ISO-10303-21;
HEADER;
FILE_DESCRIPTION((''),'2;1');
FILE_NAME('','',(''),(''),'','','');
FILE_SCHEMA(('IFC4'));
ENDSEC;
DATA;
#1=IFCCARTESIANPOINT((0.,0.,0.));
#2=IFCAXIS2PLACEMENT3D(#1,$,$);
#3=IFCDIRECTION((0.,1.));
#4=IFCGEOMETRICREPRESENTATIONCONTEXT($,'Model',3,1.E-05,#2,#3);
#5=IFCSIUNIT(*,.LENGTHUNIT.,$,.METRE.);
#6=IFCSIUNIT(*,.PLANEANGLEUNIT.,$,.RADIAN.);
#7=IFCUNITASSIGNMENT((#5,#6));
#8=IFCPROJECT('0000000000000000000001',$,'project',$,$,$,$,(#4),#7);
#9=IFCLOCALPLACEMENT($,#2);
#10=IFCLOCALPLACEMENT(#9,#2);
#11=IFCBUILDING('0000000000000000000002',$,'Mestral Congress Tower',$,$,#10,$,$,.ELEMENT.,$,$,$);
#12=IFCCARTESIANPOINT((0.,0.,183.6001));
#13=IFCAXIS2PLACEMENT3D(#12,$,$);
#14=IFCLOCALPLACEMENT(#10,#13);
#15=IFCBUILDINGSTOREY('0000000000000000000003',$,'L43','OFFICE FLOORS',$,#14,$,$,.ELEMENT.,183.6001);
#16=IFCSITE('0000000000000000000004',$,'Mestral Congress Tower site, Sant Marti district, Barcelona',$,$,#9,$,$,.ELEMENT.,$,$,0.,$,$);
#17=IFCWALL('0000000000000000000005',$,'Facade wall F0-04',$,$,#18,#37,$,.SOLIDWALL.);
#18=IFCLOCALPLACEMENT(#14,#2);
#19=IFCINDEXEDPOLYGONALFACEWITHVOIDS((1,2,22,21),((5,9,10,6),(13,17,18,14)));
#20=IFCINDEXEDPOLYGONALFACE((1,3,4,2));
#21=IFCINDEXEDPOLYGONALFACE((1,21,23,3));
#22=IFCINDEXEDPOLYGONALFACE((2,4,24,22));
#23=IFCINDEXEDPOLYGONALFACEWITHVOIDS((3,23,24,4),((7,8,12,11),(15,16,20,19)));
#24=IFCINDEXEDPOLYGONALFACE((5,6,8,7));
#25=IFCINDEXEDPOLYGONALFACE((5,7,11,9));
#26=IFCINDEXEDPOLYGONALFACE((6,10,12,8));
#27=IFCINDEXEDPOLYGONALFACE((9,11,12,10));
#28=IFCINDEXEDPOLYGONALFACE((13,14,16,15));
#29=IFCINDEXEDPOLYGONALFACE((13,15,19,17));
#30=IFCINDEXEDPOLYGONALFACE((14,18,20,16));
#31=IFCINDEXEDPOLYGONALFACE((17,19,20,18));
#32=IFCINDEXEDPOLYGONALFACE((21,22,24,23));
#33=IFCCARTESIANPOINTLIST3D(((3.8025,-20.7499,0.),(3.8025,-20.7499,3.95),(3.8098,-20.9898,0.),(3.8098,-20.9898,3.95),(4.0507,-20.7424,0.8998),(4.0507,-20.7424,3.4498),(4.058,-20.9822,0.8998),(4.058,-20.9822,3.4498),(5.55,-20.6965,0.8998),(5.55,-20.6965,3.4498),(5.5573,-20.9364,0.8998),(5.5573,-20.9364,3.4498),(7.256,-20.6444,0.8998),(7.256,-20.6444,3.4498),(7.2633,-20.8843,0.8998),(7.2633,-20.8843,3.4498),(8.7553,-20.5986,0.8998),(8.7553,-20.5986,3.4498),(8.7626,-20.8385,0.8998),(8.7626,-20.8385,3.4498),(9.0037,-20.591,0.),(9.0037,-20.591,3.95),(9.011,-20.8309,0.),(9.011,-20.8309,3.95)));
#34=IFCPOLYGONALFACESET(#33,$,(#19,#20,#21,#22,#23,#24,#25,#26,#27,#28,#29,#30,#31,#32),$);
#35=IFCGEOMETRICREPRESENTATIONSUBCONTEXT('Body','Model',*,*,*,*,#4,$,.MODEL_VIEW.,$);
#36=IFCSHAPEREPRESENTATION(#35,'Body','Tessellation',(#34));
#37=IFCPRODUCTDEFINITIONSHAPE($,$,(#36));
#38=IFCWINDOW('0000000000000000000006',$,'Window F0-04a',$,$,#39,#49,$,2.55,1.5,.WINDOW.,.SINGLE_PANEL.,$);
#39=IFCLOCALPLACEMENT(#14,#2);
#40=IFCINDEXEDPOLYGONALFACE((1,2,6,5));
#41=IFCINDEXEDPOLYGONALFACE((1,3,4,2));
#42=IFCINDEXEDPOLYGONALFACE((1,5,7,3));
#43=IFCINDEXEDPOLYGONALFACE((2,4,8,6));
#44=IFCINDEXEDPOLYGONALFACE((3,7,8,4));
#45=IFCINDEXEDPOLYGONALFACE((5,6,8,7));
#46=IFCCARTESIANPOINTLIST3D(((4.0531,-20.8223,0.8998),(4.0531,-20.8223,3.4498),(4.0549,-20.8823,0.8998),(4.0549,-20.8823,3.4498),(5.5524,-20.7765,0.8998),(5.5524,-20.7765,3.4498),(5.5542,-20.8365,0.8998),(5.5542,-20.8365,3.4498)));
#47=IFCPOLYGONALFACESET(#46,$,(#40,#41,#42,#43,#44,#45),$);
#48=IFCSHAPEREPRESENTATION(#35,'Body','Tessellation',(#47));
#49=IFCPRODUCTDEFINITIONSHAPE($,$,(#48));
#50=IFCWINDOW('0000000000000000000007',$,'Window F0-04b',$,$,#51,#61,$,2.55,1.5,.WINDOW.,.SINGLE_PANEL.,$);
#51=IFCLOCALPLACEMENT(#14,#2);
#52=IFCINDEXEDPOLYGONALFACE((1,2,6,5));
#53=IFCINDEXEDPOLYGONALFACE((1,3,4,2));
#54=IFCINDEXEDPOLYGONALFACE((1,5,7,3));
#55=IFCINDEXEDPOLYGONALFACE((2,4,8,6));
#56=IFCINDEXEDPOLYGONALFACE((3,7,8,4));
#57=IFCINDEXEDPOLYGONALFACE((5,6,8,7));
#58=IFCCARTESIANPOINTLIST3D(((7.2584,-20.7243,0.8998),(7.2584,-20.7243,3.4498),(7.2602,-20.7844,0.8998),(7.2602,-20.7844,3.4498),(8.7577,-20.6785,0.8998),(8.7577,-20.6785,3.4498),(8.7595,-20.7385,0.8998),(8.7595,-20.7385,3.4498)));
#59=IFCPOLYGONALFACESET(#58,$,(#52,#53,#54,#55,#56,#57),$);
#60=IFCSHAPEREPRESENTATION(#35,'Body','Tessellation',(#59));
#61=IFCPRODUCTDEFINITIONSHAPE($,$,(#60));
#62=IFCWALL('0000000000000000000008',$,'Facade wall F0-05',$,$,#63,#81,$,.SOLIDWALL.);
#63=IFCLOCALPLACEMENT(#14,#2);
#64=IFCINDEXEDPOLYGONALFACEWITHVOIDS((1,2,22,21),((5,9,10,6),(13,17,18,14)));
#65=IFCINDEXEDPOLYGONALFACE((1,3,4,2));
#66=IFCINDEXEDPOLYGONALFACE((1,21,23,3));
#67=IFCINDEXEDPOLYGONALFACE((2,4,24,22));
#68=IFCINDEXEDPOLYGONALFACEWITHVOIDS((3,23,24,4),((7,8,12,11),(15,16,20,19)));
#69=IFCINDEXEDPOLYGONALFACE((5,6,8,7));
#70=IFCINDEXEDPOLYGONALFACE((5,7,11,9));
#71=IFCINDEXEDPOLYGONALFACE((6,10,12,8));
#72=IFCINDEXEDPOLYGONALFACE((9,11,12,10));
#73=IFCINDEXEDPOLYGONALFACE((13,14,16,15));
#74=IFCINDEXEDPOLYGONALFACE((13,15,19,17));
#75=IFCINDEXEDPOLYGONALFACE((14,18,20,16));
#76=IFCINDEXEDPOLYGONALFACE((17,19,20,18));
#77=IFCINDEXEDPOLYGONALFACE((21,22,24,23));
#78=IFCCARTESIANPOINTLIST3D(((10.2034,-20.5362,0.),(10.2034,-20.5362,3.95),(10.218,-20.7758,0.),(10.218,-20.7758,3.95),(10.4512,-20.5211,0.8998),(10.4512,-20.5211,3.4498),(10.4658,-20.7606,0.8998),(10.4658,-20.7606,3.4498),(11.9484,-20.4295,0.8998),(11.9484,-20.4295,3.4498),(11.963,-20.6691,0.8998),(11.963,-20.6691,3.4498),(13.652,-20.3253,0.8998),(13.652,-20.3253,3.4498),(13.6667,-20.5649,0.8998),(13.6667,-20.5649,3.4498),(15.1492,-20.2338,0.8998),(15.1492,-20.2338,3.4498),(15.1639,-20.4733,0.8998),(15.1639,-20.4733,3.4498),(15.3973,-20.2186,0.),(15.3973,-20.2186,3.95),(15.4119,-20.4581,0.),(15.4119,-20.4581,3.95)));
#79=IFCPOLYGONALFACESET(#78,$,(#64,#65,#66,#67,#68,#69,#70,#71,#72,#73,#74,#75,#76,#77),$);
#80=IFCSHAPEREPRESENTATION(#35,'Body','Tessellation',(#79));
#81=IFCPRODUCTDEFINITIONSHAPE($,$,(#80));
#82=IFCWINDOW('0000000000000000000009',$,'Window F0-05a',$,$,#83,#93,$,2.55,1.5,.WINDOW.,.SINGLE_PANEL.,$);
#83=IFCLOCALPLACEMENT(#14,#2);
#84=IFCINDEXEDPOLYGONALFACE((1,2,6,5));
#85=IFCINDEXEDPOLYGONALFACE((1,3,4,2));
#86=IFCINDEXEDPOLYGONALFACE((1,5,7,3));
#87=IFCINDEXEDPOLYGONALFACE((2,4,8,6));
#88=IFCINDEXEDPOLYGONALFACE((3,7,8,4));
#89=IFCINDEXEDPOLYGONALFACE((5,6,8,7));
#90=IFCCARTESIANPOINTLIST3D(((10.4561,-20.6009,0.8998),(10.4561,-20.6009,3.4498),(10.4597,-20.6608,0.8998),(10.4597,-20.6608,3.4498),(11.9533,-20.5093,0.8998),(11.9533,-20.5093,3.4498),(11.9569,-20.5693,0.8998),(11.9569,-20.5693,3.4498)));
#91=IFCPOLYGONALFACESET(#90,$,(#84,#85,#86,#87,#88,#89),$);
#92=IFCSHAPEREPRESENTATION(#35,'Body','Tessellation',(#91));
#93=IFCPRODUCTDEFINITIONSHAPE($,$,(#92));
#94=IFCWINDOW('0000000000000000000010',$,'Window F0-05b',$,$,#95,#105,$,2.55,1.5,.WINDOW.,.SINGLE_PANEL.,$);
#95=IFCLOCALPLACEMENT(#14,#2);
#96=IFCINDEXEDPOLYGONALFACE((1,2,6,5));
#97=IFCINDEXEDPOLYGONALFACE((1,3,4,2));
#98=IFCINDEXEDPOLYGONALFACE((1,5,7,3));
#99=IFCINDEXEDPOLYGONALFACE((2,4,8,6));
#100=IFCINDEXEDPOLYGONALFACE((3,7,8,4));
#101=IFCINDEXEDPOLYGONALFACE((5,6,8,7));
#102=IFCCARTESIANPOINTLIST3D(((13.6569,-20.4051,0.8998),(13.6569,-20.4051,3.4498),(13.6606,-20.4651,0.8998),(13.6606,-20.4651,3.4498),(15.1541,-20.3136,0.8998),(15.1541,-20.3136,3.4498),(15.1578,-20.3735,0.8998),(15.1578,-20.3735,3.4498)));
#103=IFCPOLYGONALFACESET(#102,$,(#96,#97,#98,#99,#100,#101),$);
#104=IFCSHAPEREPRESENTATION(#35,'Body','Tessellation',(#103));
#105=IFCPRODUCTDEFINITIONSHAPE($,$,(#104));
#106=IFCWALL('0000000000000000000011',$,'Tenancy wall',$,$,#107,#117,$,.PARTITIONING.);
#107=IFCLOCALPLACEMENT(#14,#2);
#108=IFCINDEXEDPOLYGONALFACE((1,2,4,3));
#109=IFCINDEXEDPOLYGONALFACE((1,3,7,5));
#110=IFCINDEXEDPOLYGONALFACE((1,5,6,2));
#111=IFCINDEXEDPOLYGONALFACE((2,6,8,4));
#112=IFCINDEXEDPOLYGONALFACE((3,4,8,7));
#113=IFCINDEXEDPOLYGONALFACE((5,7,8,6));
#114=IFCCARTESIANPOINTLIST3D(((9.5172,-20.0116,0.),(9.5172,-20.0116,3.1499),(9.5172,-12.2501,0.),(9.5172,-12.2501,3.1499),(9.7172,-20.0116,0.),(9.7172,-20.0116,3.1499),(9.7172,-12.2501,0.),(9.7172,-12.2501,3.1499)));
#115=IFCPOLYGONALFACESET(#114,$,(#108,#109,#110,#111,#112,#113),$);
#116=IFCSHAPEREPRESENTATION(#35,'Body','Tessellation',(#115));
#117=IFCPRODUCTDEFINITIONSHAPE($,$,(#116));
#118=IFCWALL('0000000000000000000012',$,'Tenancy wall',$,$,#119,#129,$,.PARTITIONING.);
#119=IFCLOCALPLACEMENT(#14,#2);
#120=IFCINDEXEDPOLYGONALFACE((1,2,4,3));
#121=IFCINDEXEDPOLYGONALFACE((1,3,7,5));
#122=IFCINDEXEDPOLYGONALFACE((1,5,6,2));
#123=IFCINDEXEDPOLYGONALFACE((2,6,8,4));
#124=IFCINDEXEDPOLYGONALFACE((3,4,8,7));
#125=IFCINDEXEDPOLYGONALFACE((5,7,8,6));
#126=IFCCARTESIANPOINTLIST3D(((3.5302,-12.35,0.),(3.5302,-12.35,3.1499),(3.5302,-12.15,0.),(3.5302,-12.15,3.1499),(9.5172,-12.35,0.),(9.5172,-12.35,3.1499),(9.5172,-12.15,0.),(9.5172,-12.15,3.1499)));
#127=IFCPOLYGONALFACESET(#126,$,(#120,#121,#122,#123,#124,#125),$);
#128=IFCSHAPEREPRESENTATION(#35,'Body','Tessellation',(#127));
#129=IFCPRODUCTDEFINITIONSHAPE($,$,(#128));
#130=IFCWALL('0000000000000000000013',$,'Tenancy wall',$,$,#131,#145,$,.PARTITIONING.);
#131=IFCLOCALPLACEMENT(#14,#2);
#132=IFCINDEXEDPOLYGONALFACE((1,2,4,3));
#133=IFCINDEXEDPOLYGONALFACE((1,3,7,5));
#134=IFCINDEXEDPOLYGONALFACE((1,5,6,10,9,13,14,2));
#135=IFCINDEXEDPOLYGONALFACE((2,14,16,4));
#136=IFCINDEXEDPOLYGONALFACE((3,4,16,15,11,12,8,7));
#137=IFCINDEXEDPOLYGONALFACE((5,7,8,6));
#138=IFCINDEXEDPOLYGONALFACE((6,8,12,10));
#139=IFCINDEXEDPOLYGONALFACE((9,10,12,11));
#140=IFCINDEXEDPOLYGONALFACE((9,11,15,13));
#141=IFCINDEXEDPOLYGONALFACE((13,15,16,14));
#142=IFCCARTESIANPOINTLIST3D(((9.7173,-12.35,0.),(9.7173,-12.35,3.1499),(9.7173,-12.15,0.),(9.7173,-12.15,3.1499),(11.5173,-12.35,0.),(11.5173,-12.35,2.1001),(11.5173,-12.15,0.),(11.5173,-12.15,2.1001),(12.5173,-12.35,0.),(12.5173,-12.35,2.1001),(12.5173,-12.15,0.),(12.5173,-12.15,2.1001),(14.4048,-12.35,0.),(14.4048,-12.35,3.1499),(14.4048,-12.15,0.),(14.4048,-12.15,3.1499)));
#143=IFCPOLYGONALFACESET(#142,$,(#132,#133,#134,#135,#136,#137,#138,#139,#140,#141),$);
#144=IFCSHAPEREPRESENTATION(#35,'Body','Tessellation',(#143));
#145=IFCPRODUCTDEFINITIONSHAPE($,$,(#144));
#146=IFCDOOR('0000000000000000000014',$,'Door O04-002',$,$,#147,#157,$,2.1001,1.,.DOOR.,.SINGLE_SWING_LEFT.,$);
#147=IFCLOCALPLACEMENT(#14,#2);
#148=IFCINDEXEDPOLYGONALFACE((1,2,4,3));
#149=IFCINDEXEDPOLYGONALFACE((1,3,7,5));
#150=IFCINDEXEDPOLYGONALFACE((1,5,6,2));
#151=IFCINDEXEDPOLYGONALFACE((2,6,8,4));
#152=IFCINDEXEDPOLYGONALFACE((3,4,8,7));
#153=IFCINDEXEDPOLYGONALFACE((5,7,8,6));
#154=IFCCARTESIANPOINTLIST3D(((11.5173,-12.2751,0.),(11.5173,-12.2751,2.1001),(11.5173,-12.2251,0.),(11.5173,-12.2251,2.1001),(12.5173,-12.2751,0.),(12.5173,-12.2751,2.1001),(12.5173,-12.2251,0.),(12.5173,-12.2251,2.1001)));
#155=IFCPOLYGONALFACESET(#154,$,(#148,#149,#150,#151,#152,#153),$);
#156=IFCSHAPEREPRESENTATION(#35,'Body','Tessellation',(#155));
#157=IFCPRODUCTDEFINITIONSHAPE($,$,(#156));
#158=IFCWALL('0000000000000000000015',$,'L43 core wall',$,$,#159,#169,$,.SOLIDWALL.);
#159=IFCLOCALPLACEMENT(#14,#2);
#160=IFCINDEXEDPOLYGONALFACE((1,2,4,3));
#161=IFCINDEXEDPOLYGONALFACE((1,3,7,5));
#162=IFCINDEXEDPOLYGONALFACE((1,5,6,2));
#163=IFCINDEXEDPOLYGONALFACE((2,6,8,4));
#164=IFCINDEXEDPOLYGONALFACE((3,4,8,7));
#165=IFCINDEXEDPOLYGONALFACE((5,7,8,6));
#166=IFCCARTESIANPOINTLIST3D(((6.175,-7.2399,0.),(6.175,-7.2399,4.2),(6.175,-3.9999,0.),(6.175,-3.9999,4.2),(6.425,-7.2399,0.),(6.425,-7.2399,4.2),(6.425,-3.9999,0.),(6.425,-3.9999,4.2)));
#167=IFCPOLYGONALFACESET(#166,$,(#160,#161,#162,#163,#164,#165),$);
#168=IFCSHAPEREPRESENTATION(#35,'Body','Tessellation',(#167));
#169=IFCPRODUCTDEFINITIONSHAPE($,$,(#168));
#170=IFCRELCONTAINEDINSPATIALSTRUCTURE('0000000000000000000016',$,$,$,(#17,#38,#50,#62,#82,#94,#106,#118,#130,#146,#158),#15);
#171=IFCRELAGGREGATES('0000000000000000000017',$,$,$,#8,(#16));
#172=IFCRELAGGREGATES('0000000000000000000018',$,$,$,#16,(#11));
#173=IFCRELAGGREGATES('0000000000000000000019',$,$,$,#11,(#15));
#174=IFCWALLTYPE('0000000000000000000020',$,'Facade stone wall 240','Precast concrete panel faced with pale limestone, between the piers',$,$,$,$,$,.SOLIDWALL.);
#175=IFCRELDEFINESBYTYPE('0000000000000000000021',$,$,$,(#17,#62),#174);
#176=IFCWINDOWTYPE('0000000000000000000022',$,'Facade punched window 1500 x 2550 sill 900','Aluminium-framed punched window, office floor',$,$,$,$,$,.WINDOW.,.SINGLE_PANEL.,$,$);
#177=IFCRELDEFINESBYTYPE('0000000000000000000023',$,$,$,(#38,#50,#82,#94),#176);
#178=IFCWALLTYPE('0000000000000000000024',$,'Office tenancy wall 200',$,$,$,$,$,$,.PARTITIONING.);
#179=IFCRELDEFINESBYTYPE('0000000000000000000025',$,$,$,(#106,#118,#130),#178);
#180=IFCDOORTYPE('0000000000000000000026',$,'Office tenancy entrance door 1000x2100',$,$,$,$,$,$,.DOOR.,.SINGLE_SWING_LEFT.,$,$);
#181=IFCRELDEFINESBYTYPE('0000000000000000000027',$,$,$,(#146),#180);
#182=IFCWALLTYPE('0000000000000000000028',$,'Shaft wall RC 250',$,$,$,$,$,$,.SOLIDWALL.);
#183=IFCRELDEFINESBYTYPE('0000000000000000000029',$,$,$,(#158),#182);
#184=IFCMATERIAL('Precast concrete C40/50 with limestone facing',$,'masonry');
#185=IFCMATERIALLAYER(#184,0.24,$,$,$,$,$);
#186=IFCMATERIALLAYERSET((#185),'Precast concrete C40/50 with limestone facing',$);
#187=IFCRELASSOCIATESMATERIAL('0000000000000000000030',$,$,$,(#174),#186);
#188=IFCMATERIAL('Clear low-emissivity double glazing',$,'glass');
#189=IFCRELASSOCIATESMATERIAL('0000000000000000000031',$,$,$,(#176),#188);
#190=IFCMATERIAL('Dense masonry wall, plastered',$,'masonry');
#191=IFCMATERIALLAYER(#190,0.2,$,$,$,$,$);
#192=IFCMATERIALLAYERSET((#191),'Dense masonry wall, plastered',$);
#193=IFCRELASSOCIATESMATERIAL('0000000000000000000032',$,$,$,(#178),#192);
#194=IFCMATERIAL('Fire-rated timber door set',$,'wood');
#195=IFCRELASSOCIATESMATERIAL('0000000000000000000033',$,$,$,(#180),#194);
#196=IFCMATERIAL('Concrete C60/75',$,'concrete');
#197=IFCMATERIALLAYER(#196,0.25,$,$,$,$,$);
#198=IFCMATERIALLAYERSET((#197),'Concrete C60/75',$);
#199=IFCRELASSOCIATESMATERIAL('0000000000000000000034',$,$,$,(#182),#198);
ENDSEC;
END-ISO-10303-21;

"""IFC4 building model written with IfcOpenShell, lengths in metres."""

from ifc_helpers import new_model, si_unit, direction, frame, frame_2d, origin, place, context, subcontext, project, spatial, rectangle, extrude, material, layer, layer_set, type_object, element, fill, save


model = new_model("IFC4")

# Units and contexts
model_context = context("Model", 3, precision=1e-05, world=origin(), true_north=direction((0.0, 1.0)))
body_context = subcontext(model_context, "Body", "Model", "MODEL_VIEW")
ifc_project = project(units=[si_unit("LENGTHUNIT", "METRE"), si_unit("PLANEANGLEUNIT", "RADIAN")], contexts=[model_context])

# Site, building, storey
site_placement = place(None, origin())
site = spatial("IfcSite", under=ifc_project, at=site_placement, Name="Mestral Congress Tower site, Sant Marti district, Barcelona", CompositionType="ELEMENT", RefElevation=0.0)
building_placement = place(site_placement, origin())
building = spatial("IfcBuilding", under=site, at=building_placement, Name="Mestral Congress Tower", CompositionType="ELEMENT")
storey_placement = place(building_placement, frame((0.0, 0.0, 183.6001)))
storey = spatial("IfcBuildingStorey", under=building, at=storey_placement, Name="L43", Description="OFFICE FLOORS", CompositionType="ELEMENT", Elevation=183.6001)

# Shared definitions
ifc_material_1 = material(Name="Concrete C60/75", Category="concrete")

# Walls, openings, windows
ifc_material_2 = material(Name="Precast concrete C40/50 with limestone facing", Category="masonry")
ifc_layer_1 = layer(ifc_material_2, 0.24)
ifc_layer_set_1 = layer_set([ifc_layer_1], Name="Precast concrete C40/50 with limestone facing")
wall_type_1 = type_object("IfcWallType", Name="Facade stone wall 240", Description="Precast concrete panel faced with pale limestone, between the piers", PredefinedType="SOLIDWALL", material=ifc_layer_set_1)
wall_1_placement = place(storey_placement, frame((3.8062, -20.8699, 0.0), z_axis=(0.0, 0.0, 1.0), x_axis=(0.999533, 0.030543, 0.0)))
wall_1 = element("IfcWall", 1, at=wall_1_placement, inside=storey, type_object=wall_type_1, Name="Facade wall F0-04", PredefinedType="SOLIDWALL", context=body_context, shape_type="SweptSolid", body=[
    extrude(rectangle(XDim=5.2036, YDim=0.24, at=frame_2d((2.6018, 0.0))), origin(), (0.0, 0.0, 1.0), 3.95),
])
opening_1_placement = place(wall_1_placement, frame((0.2483, 0.0, 0.8999)))
opening_1 = element("IfcOpeningElement", 2, at=opening_1_placement, cuts=wall_1, PredefinedType="OPENING", context=body_context, shape_type="SweptSolid", body=[
    extrude(rectangle(XDim=1.5, YDim=2.55, at=frame_2d((0.75, 1.2749))), frame((0.0, 0.1299, 0.0), z_axis=(0.0, -1.0, 0.0), x_axis=(1.0, 0.0, 0.0)), (0.0, 0.0, 1.0), 0.26),
])
opening_2_placement = place(wall_1_placement, frame((3.4551, 0.0, 0.8999)))
opening_2 = element("IfcOpeningElement", 3, at=opening_2_placement, cuts=wall_1, PredefinedType="OPENING", context=body_context, shape_type="SweptSolid", body=[
    extrude(rectangle(XDim=1.5, YDim=2.55, at=frame_2d((0.75, 1.2749))), frame((0.0, 0.1299, 0.0), z_axis=(0.0, -1.0, 0.0), x_axis=(1.0, 0.0, 0.0)), (0.0, 0.0, 1.0), 0.26),
])
ifc_material_3 = material(Name="Clear low-emissivity double glazing", Category="glass")
window_type = type_object("IfcWindowType", Name="Facade punched window 1500 x 2550 sill 900", Description="Aluminium-framed punched window, office floor", PartitioningType="SINGLE_PANEL", PredefinedType="WINDOW", material=ifc_material_3)
window_1_placement = place(opening_1_placement, origin())
window_1 = element("IfcWindow", 4, at=window_1_placement, inside=storey, type_object=window_type, Name="Window F0-04a", OverallHeight=2.55, OverallWidth=1.5, PartitioningType="SINGLE_PANEL", PredefinedType="WINDOW", context=body_context, shape_type="SweptSolid", body=[
    extrude(rectangle(XDim=1.5, YDim=2.55, at=frame_2d((0.75, 1.2749))), frame((0.0, 0.04, 0.0), z_axis=(0.0, -1.0, 0.0), x_axis=(1.0, 0.0, 0.0)), (0.0, 0.0, 1.0), 0.0601),
])
fill(opening_1, window_1)
window_2_placement = place(opening_2_placement, origin())
window_2 = element("IfcWindow", 5, at=window_2_placement, inside=storey, type_object=window_type, Name="Window F0-04b", OverallHeight=2.55, OverallWidth=1.5, PartitioningType="SINGLE_PANEL", PredefinedType="WINDOW", context=body_context, shape_type="SweptSolid", body=[
    extrude(rectangle(XDim=1.5, YDim=2.55, at=frame_2d((0.75, 1.2749))), frame((0.0, 0.04, 0.0), z_axis=(0.0, -1.0, 0.0), x_axis=(1.0, 0.0, 0.0)), (0.0, 0.0, 1.0), 0.0601),
])
fill(opening_2, window_2)
wall_2_placement = place(storey_placement, frame((10.2107, -20.656, 0.0), z_axis=(0.0, 0.0, 1.0), x_axis=(0.998135, 0.06104, 0.0)))
wall_2 = element("IfcWall", 6, at=wall_2_placement, inside=storey, type_object=wall_type_1, Name="Facade wall F0-05", PredefinedType="SOLIDWALL", context=body_context, shape_type="SweptSolid", body=[
    extrude(rectangle(XDim=5.2036, YDim=0.24, at=frame_2d((2.6018, 0.0))), origin(), (0.0, 0.0, 1.0), 3.95),
])
opening_3_placement = place(wall_2_placement, frame((0.2483, 0.0, 0.8999)))
opening_3 = element("IfcOpeningElement", 7, at=opening_3_placement, cuts=wall_2, PredefinedType="OPENING", context=body_context, shape_type="SweptSolid", body=[
    extrude(rectangle(XDim=1.5, YDim=2.55, at=frame_2d((0.75, 1.2749))), frame((0.0, 0.1299, 0.0), z_axis=(0.0, -1.0, 0.0), x_axis=(1.0, 0.0, 0.0)), (0.0, 0.0, 1.0), 0.26),
])
opening_4_placement = place(wall_2_placement, frame((3.4551, 0.0, 0.8999)))
opening_4 = element("IfcOpeningElement", 8, at=opening_4_placement, cuts=wall_2, PredefinedType="OPENING", context=body_context, shape_type="SweptSolid", body=[
    extrude(rectangle(XDim=1.5, YDim=2.55, at=frame_2d((0.75, 1.2749))), frame((0.0, 0.1299, 0.0), z_axis=(0.0, -1.0, 0.0), x_axis=(1.0, 0.0, 0.0)), (0.0, 0.0, 1.0), 0.26),
])
window_3_placement = place(opening_3_placement, origin())
window_3 = element("IfcWindow", 9, at=window_3_placement, inside=storey, type_object=window_type, Name="Window F0-05a", OverallHeight=2.55, OverallWidth=1.5, PartitioningType="SINGLE_PANEL", PredefinedType="WINDOW", context=body_context, shape_type="SweptSolid", body=[
    extrude(rectangle(XDim=1.5, YDim=2.55, at=frame_2d((0.75, 1.2749))), frame((0.0, 0.04, 0.0), z_axis=(0.0, -1.0, 0.0), x_axis=(1.0, 0.0, 0.0)), (0.0, 0.0, 1.0), 0.0601),
])
fill(opening_3, window_3)
window_4_placement = place(opening_4_placement, origin())
window_4 = element("IfcWindow", 10, at=window_4_placement, inside=storey, type_object=window_type, Name="Window F0-05b", OverallHeight=2.55, OverallWidth=1.5, PartitioningType="SINGLE_PANEL", PredefinedType="WINDOW", context=body_context, shape_type="SweptSolid", body=[
    extrude(rectangle(XDim=1.5, YDim=2.55, at=frame_2d((0.75, 1.2749))), frame((0.0, 0.04, 0.0), z_axis=(0.0, -1.0, 0.0), x_axis=(1.0, 0.0, 0.0)), (0.0, 0.0, 1.0), 0.0601),
])
fill(opening_4, window_4)

# Walls
ifc_material_4 = material(Name="Dense masonry wall, plastered", Category="masonry")
ifc_layer_2 = layer(ifc_material_4, 0.2)
ifc_layer_set_2 = layer_set([ifc_layer_2], Name="Dense masonry wall, plastered")
wall_type_2 = type_object("IfcWallType", Name="Office tenancy wall 200", PredefinedType="PARTITIONING", material=ifc_layer_set_2)
wall_3_placement = place(storey_placement, frame((9.6172, -12.25, 0.0), z_axis=(0.0, 0.0, 1.0), x_axis=(0.0, -1.0, 0.0)))
element("IfcWall", 11, at=wall_3_placement, inside=storey, type_object=wall_type_2, Name="Tenancy wall", PredefinedType="PARTITIONING", context=body_context, shape_type="SweptSolid", body=[
    extrude(rectangle(XDim=7.7615, YDim=0.2, at=frame_2d((3.8809, 0.0))), origin(), (0.0, 0.0, 1.0), 3.1499),
])
wall_4_placement = place(storey_placement, frame((3.53, -12.25, 0.0), z_axis=(0.0, 0.0, 1.0), x_axis=(1.0, 0.0, 0.0)))
element("IfcWall", 12, at=wall_4_placement, inside=storey, type_object=wall_type_2, Name="Tenancy wall", PredefinedType="PARTITIONING", context=body_context, shape_type="SweptSolid", body=[
    extrude(rectangle(XDim=5.9871, YDim=0.2, at=frame_2d((2.9937, 0.0))), origin(), (0.0, 0.0, 1.0), 3.1499),
])

# Wall, opening, door
wall_5_placement = place(storey_placement, frame((9.7173, -12.25, 0.0), z_axis=(0.0, 0.0, 1.0), x_axis=(1.0, 0.0, 0.0)))
wall_5 = element("IfcWall", 13, at=wall_5_placement, inside=storey, type_object=wall_type_2, Name="Tenancy wall", PredefinedType="PARTITIONING", context=body_context, shape_type="SweptSolid", body=[
    extrude(rectangle(XDim=4.6875, YDim=0.2, at=frame_2d((2.3438, 0.0))), origin(), (0.0, 0.0, 1.0), 3.1499),
])
opening_5_placement = place(wall_5_placement, frame((1.8, 0.0, 0.0)))
opening_5 = element("IfcOpeningElement", 14, at=opening_5_placement, cuts=wall_5, PredefinedType="OPENING", context=body_context, shape_type="SweptSolid", body=[
    extrude(rectangle(XDim=1.0, YDim=2.1001, at=frame_2d((0.5, 1.05))), frame((0.0, 0.1099, 0.0), z_axis=(0.0, -1.0, 0.0), x_axis=(1.0, 0.0, 0.0)), (0.0, 0.0, 1.0), 0.22),
])
ifc_material_5 = material(Name="Fire-rated timber door set", Category="wood")
door_type_1 = type_object("IfcDoorType", Name="Office tenancy entrance door 1000x2100", OperationType="SINGLE_SWING_LEFT", PredefinedType="DOOR", material=ifc_material_5)
door_1_placement = place(opening_5_placement, origin())
door_1 = element("IfcDoor", 15, at=door_1_placement, inside=storey, type_object=door_type_1, Name="Door O04-002", OperationType="SINGLE_SWING_LEFT", OverallHeight=2.1001, OverallWidth=1.0, PredefinedType="DOOR", context=body_context, shape_type="SweptSolid", body=[
    extrude(rectangle(XDim=1.0, YDim=2.1001, at=frame_2d((0.5, 1.05))), frame((0.0, 0.0249, 0.0), z_axis=(0.0, -1.0, 0.0), x_axis=(1.0, 0.0, 0.0)), (0.0, 0.0, 1.0), 0.05),
])
fill(opening_5, door_1)

# Wall
ifc_layer_3 = layer(ifc_material_1, 0.25)
ifc_layer_set_3 = layer_set([ifc_layer_3], Name="Concrete C60/75")
wall_type_3 = type_object("IfcWallType", Name="Shaft wall RC 250", PredefinedType="SOLIDWALL", material=ifc_layer_set_3)
wall_6_placement = place(storey_placement, frame((6.3, -7.24, 0.0), z_axis=(0.0, 0.0, 1.0), x_axis=(0.0, 1.0, 0.0)))
element("IfcWall", 16, at=wall_6_placement, inside=storey, type_object=wall_type_3, Name="L43 core wall", PredefinedType="SOLIDWALL", context=body_context, shape_type="SweptSolid", body=[
    extrude(rectangle(XDim=3.24, YDim=0.25, at=frame_2d((1.6201, 0.0))), origin(), (0.0, 0.0, 1.0), 4.2),
])

save(model, "model.ifc")
